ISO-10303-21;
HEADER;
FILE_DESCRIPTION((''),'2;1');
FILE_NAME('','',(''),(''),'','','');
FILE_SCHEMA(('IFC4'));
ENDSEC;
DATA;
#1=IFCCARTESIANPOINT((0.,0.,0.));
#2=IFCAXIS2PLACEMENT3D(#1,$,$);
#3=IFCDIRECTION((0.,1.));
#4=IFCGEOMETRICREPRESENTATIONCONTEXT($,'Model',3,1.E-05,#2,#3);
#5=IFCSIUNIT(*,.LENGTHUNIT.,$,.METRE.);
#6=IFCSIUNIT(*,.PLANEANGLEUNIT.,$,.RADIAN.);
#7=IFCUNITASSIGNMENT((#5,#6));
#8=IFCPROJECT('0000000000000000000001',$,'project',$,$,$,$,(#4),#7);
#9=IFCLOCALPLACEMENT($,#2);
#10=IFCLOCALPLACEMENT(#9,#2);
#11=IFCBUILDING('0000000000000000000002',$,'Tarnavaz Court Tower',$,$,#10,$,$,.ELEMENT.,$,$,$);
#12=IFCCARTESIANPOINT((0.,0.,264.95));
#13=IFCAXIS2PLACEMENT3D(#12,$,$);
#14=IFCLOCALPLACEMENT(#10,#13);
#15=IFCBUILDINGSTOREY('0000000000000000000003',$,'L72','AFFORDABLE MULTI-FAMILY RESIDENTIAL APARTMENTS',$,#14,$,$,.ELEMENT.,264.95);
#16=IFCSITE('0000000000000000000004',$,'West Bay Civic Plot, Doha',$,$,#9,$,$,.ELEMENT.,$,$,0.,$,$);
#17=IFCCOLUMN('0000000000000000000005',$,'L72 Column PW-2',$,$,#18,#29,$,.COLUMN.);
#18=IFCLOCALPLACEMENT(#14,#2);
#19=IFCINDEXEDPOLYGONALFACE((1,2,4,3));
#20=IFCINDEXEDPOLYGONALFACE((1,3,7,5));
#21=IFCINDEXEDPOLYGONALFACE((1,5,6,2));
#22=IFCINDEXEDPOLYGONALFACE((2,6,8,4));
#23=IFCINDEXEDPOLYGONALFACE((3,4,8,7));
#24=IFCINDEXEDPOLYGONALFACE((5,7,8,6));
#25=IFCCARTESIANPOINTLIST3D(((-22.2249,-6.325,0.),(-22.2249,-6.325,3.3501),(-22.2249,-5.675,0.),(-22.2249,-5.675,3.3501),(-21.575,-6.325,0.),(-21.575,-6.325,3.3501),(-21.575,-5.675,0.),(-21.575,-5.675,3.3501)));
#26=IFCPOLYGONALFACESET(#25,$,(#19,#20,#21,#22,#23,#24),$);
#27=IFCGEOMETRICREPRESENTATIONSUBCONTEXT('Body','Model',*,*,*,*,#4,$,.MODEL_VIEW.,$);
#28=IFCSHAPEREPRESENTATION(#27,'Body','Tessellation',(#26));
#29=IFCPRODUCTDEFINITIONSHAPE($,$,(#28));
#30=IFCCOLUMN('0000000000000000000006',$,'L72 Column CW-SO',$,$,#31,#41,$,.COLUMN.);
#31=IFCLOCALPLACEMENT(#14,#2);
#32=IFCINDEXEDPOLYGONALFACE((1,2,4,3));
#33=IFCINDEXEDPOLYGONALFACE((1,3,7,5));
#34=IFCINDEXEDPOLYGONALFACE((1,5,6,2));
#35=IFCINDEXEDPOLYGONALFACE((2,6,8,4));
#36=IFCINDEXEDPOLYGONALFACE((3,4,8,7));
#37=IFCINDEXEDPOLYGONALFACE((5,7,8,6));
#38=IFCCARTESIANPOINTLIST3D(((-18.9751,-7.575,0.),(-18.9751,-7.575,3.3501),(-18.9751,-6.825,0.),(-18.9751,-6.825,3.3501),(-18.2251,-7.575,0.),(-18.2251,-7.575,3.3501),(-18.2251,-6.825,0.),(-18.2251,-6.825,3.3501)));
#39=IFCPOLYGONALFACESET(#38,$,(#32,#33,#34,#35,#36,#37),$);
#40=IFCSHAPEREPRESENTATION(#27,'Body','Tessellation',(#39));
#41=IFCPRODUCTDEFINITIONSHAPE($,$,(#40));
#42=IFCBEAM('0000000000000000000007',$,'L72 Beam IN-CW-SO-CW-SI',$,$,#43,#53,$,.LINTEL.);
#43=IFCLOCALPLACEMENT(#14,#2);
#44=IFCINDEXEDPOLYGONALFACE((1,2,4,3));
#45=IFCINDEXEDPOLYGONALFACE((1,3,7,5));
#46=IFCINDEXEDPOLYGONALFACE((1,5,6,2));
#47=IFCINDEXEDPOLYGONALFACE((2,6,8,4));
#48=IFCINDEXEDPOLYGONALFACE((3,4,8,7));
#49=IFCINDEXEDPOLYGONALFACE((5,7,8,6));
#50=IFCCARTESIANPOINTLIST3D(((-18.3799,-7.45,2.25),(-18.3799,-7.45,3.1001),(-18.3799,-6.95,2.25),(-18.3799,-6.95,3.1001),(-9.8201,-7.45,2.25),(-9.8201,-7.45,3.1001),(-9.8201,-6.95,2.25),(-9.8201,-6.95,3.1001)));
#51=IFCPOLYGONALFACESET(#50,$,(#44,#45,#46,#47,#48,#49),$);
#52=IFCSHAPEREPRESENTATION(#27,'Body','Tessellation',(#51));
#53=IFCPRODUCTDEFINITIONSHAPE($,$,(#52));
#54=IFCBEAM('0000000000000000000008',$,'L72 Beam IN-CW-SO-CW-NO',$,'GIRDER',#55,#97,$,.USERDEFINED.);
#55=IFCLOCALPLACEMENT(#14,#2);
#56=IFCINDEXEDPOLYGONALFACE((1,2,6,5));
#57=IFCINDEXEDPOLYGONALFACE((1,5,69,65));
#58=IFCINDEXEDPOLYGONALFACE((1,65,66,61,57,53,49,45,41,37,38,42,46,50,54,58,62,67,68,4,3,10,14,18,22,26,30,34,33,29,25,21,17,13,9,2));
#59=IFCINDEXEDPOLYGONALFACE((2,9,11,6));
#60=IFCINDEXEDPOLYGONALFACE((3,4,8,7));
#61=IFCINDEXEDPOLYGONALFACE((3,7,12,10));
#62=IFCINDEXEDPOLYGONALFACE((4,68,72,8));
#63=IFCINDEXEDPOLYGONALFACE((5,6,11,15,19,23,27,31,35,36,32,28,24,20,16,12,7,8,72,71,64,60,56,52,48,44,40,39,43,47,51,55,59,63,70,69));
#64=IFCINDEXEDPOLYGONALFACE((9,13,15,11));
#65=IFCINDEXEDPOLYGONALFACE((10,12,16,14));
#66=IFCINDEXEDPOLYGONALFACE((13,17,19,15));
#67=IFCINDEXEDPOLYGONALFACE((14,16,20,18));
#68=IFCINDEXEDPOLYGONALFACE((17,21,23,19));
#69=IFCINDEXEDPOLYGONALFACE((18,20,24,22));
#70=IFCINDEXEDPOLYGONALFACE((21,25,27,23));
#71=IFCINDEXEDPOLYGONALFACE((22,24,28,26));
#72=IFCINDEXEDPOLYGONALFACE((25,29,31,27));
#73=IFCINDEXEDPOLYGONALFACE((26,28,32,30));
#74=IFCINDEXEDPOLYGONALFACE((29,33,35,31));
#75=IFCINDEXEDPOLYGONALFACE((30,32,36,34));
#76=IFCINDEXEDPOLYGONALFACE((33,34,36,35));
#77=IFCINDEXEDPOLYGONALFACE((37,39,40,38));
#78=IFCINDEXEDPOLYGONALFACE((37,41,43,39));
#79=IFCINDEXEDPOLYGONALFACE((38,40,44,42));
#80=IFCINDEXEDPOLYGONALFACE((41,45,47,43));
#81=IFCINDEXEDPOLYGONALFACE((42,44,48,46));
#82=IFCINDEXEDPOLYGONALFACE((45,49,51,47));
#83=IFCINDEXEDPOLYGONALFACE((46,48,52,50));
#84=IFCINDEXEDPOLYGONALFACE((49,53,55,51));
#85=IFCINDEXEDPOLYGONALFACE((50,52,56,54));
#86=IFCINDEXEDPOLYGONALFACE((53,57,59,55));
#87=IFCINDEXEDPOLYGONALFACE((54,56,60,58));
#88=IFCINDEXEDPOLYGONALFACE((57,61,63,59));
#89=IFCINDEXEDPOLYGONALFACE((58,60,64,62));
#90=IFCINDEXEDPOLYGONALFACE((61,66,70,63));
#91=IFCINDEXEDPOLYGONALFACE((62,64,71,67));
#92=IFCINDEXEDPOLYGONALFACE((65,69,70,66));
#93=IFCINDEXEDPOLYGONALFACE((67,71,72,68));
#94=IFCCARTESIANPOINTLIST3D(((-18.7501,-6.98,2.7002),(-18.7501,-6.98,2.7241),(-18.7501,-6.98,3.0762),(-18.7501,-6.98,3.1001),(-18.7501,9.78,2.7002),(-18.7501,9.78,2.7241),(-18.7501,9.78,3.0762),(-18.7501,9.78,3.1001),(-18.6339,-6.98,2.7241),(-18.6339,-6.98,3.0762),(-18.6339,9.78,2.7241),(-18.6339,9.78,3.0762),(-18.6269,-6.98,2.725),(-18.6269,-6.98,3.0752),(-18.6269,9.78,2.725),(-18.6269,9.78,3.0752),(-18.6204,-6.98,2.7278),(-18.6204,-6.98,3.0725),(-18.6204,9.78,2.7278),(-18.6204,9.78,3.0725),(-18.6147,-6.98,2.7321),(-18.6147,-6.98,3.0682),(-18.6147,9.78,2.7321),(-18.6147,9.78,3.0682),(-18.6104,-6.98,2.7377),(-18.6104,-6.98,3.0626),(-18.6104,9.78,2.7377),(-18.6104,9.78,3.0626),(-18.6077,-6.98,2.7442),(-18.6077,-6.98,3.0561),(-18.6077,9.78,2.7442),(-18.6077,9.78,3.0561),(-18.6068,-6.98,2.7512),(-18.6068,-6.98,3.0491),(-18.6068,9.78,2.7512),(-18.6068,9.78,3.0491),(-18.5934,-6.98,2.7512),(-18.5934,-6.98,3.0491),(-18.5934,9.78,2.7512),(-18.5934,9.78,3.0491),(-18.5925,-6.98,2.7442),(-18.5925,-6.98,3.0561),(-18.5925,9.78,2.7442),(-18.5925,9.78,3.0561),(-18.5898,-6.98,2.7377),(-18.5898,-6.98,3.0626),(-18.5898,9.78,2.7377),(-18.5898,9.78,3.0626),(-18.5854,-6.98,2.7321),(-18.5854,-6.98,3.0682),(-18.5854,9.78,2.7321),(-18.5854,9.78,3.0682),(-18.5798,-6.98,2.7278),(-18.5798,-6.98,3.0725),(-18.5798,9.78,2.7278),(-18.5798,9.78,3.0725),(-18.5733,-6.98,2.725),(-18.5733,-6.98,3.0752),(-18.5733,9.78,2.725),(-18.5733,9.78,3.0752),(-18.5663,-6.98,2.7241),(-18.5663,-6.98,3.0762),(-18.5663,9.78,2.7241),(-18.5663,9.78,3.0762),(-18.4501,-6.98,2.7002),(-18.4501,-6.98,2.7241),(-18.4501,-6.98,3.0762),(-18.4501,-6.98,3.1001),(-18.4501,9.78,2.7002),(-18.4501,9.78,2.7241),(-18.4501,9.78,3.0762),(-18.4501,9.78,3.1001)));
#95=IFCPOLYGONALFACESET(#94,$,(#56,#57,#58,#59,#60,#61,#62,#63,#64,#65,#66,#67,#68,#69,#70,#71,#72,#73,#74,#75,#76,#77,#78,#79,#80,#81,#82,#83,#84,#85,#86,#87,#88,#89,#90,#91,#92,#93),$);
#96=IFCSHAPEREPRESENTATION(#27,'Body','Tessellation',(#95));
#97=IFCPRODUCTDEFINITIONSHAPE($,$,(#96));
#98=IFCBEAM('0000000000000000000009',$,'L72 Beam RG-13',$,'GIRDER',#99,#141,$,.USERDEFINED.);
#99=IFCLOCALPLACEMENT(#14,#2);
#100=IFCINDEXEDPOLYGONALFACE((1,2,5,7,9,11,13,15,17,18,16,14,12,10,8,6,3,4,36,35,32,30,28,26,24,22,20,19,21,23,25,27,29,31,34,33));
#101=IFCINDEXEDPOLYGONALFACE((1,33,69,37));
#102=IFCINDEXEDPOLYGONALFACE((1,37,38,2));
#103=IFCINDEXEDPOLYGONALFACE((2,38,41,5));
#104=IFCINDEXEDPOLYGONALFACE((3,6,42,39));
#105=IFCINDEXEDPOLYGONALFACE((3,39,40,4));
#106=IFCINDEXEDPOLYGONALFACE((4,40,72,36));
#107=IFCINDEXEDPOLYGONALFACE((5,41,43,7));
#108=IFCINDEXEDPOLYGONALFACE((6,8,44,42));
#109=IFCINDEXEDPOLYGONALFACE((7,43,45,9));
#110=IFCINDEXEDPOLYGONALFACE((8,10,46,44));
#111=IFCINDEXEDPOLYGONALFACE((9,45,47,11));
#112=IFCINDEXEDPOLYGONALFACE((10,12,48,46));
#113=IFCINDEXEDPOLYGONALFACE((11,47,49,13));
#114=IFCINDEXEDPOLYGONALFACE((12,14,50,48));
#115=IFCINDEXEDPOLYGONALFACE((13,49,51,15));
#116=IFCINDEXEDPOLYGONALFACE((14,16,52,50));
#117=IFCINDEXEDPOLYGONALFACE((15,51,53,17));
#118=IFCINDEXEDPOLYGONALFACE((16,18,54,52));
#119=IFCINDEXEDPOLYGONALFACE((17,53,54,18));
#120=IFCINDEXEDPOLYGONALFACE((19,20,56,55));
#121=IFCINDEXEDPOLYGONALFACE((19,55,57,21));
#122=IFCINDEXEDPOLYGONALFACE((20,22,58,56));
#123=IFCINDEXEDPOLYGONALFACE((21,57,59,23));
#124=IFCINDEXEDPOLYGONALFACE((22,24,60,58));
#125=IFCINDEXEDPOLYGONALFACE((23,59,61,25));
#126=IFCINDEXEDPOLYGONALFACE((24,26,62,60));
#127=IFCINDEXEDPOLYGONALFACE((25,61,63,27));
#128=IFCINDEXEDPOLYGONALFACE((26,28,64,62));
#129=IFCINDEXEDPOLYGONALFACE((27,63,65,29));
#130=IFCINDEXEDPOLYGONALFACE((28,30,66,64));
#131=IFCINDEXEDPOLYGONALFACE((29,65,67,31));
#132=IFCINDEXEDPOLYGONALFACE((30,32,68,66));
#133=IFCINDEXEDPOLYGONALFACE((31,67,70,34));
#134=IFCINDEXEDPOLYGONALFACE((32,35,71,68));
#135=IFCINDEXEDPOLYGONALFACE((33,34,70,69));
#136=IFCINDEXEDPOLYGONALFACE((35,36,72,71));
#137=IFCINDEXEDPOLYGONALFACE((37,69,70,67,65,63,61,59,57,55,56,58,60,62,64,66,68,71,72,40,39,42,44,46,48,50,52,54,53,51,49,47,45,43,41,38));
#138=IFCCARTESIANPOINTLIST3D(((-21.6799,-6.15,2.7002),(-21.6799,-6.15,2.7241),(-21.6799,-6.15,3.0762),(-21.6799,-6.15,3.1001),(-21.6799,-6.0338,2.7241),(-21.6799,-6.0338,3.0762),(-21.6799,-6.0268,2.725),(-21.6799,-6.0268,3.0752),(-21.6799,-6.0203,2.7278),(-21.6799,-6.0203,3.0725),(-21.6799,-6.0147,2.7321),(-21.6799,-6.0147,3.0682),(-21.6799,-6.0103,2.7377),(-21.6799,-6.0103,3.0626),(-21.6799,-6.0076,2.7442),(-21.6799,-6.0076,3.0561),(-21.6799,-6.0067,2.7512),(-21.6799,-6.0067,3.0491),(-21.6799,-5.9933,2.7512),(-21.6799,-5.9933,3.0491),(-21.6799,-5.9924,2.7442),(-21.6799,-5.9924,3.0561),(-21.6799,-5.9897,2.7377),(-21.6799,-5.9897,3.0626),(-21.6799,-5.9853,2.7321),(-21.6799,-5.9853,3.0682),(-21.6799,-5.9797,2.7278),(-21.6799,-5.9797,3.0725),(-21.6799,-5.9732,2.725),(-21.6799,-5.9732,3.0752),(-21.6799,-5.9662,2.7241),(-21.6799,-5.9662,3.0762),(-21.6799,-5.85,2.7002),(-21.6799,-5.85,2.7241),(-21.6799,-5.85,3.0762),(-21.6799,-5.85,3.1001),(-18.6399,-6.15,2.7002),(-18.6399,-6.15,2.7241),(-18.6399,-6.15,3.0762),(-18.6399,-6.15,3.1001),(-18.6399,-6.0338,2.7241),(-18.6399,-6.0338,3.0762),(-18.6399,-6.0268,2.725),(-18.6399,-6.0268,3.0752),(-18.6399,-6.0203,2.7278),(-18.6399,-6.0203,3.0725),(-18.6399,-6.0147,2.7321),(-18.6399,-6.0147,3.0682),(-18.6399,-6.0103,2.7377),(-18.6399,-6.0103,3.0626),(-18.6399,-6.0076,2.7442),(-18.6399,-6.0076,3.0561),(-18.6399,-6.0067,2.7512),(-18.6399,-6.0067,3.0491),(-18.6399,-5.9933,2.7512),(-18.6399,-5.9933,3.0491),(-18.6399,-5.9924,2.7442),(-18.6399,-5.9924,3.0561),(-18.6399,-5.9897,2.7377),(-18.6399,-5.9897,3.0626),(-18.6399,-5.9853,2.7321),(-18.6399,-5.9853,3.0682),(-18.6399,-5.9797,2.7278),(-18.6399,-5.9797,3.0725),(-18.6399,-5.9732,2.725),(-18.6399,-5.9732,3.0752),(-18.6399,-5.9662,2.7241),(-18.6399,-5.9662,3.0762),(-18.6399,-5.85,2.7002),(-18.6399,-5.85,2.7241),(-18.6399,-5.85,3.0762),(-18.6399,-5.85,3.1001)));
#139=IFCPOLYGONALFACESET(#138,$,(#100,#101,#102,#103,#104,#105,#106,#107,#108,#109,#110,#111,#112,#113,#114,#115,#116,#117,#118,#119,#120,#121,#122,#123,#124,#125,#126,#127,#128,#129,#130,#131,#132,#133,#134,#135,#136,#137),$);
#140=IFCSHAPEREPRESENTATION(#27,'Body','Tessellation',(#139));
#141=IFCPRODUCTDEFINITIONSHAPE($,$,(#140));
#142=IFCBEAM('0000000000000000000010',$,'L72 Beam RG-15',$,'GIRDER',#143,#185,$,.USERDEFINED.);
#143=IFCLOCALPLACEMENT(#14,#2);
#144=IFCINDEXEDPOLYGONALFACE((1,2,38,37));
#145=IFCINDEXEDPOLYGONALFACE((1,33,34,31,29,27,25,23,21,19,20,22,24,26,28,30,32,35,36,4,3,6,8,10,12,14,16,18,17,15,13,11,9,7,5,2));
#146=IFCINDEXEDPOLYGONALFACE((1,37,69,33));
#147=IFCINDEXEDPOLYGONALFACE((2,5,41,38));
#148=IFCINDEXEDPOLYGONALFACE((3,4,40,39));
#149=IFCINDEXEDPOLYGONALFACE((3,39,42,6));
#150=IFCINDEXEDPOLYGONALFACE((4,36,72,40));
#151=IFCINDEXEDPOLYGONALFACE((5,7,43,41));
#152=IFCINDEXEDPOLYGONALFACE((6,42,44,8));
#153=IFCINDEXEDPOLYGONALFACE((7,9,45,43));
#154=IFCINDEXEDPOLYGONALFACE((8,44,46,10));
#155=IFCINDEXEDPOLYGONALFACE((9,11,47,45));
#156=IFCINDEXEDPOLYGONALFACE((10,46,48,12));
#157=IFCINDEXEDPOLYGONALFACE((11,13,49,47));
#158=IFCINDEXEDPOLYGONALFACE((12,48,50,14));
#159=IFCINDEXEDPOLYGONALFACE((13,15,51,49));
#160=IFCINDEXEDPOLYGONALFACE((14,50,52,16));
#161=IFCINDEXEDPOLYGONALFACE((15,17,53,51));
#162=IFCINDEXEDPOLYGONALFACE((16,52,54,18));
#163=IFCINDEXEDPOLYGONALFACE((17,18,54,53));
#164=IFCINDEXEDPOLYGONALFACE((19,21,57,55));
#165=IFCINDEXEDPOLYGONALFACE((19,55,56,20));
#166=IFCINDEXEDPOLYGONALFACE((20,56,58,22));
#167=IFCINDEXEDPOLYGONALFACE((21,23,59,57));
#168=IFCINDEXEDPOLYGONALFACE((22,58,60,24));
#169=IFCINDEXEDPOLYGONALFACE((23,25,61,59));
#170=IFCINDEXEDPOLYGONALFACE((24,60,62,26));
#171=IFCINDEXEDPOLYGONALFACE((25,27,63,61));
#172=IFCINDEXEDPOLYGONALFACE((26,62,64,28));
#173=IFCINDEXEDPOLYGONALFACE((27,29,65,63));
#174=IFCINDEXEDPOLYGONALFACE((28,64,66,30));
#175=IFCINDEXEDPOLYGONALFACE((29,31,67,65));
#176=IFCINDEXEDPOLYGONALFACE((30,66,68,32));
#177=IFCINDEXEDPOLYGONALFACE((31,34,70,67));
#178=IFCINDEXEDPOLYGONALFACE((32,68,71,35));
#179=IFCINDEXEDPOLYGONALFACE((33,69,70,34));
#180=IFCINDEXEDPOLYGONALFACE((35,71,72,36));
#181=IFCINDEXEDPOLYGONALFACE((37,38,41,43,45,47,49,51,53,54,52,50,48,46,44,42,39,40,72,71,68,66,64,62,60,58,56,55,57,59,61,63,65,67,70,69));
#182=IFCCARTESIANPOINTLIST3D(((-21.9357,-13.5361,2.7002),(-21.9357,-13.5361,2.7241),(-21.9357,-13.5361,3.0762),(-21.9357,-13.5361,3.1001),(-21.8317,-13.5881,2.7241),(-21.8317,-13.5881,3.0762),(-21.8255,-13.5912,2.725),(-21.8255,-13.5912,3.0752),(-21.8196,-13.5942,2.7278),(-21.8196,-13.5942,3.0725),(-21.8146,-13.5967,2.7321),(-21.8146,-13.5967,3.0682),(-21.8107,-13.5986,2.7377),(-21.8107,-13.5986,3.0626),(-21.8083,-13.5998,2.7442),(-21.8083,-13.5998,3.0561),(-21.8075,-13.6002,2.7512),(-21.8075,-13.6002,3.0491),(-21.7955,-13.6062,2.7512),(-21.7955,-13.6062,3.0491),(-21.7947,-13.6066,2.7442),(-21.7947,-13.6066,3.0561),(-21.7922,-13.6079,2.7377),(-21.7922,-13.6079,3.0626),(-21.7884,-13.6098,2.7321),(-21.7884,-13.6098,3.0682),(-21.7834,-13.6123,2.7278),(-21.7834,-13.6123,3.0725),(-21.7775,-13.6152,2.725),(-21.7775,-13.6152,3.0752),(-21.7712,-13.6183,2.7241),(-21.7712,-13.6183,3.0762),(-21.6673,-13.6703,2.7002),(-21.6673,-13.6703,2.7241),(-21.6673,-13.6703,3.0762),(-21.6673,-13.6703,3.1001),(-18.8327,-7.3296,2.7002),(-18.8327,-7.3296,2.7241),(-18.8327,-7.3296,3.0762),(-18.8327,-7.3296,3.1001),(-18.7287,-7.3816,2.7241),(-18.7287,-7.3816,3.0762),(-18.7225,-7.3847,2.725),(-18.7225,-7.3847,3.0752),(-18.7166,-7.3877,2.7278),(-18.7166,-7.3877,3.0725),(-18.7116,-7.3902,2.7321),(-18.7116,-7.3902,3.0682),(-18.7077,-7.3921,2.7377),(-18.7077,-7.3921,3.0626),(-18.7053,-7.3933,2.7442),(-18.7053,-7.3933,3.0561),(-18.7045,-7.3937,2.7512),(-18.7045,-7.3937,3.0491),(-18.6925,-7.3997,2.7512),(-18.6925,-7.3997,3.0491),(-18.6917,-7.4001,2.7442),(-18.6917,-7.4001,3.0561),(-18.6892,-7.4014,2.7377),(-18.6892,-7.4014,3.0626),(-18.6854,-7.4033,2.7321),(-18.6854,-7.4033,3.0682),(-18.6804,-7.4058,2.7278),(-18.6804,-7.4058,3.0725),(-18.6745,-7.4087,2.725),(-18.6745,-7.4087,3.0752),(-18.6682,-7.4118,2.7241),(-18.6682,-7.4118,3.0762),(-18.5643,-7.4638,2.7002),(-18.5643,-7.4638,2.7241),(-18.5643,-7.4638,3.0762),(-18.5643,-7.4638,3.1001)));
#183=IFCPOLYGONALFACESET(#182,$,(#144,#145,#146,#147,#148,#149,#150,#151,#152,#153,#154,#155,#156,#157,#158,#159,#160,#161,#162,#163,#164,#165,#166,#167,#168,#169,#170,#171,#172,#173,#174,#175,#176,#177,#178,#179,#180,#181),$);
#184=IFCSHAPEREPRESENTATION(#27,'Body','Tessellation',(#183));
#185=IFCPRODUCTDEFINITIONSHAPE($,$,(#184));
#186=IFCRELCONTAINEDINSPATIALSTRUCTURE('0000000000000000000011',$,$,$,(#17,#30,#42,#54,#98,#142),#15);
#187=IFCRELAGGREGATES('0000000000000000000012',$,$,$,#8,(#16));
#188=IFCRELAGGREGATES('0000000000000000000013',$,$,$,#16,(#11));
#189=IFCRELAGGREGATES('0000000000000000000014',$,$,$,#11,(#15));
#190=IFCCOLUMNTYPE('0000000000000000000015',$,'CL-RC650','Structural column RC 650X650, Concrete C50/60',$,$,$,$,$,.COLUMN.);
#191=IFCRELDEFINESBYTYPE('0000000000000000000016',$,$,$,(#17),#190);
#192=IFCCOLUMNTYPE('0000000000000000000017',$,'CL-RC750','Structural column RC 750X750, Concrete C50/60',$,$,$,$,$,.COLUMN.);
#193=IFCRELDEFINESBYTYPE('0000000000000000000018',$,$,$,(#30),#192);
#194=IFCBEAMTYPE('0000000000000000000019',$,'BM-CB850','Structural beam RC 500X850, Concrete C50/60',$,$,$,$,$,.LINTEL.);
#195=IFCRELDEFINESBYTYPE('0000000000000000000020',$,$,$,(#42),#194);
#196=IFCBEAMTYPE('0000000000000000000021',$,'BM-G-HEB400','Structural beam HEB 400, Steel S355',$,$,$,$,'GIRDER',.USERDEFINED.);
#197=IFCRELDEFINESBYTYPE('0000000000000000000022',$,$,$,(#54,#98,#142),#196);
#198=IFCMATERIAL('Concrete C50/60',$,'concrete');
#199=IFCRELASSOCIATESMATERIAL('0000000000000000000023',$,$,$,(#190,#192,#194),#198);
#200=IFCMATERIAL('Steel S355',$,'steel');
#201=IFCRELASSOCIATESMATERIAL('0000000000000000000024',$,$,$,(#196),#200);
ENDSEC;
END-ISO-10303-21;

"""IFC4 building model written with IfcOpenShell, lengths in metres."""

from ifc_helpers import new_model, si_unit, direction, frame, origin, origin_2d, place, context, subcontext, project, spatial, rectangle, i_section, extrude, material, material_profile, profile_set, type_object, element, save


model = new_model("IFC4")

# Units and contexts
model_context = context("Model", 3, precision=1e-05, world=origin(), true_north=direction((0.0, 1.0)))
body_context = subcontext(model_context, "Body", "Model", "MODEL_VIEW")
ifc_project = project(units=[si_unit("LENGTHUNIT", "METRE"), si_unit("PLANEANGLEUNIT", "RADIAN")], contexts=[model_context])

# Site, building, storey
site_placement = place(None, origin())
site = spatial("IfcSite", under=ifc_project, at=site_placement, Name="West Bay Civic Plot, Doha", CompositionType="ELEMENT", RefElevation=0.0)
building_placement = place(site_placement, origin())
building = spatial("IfcBuilding", under=site, at=building_placement, Name="Tarnavaz Court Tower", CompositionType="ELEMENT")
storey_placement = place(building_placement, frame((0.0, 0.0, 264.95)))
storey = spatial("IfcBuildingStorey", under=building, at=storey_placement, Name="L72", Description="AFFORDABLE MULTI-FAMILY RESIDENTIAL APARTMENTS", CompositionType="ELEMENT", Elevation=264.95)

# Columns
ifc_material_1 = material(Name="Concrete C50/60", Category="concrete")
ifc_material_profile_1 = material_profile(ifc_material_1, rectangle(XDim=0.6499, YDim=0.6499, at=origin_2d()), Name="RC 650X650")
ifc_profile_set_1 = profile_set([ifc_material_profile_1], Name="Concrete C50/60")
column_type_1 = type_object("IfcColumnType", Name="CL-RC650", Description="Structural column RC 650X650, Concrete C50/60", PredefinedType="COLUMN", material=ifc_profile_set_1)
column_1_placement = place(storey_placement, frame((-21.8999, -6.0, 0.0), z_axis=(0.0, 0.0, 1.0), x_axis=(1.0, 0.0, 0.0)))
element("IfcColumn", 1, at=column_1_placement, inside=storey, type_object=column_type_1, Name="L72 Column PW-2", PredefinedType="COLUMN", context=body_context, shape_type="SweptSolid", body=[
    extrude(rectangle(XDim=0.6499, YDim=0.6499, at=origin_2d()), origin(), (0.0, 0.0, 1.0), 3.3501),
])
ifc_material_profile_2 = material_profile(ifc_material_1, rectangle(XDim=0.75, YDim=0.75, at=origin_2d()), Name="RC 750X750")
ifc_profile_set_2 = profile_set([ifc_material_profile_2], Name="Concrete C50/60")
column_type_2 = type_object("IfcColumnType", Name="CL-RC750", Description="Structural column RC 750X750, Concrete C50/60", PredefinedType="COLUMN", material=ifc_profile_set_2)
column_2_placement = place(storey_placement, frame((-18.6001, -7.2, 0.0), z_axis=(0.0, 0.0, 1.0), x_axis=(1.0, 0.0, 0.0)))
element("IfcColumn", 2, at=column_2_placement, inside=storey, type_object=column_type_2, Name="L72 Column CW-SO", PredefinedType="COLUMN", context=body_context, shape_type="SweptSolid", body=[
    extrude(rectangle(XDim=0.75, YDim=0.75, at=origin_2d()), origin(), (0.0, 0.0, 1.0), 3.3501),
])

# Beams
ifc_material_profile_3 = material_profile(ifc_material_1, rectangle(XDim=0.5, YDim=0.8501, at=origin_2d()), Name="RC 500X850")
ifc_profile_set_3 = profile_set([ifc_material_profile_3], Name="Concrete C50/60")
beam_type_1 = type_object("IfcBeamType", Name="BM-CB850", Description="Structural beam RC 500X850, Concrete C50/60", PredefinedType="LINTEL", material=ifc_profile_set_3)
beam_1_placement = place(storey_placement, frame((-18.3799, -7.2, 2.675), z_axis=(1.0, 0.0, 0.0), x_axis=(0.0, 1.0, 0.0)))
element("IfcBeam", 3, at=beam_1_placement, inside=storey, type_object=beam_type_1, Name="L72 Beam IN-CW-SO-CW-SI", PredefinedType="LINTEL", context=body_context, shape_type="SweptSolid", body=[
    extrude(rectangle(XDim=0.5, YDim=0.8501, at=origin_2d()), origin(), (0.0, 0.0, 1.0), 8.5598),
])
ifc_material_2 = material(Name="Steel S355", Category="steel")
ifc_material_profile_4 = material_profile(ifc_material_2, i_section(OverallWidth=0.3, OverallDepth=0.3999, WebThickness=0.0134, FlangeThickness=0.0239, FilletRadius=0.0271, at=origin_2d()), Name="HEB 400")
ifc_profile_set_4 = profile_set([ifc_material_profile_4], Name="Steel S355")
beam_type_2 = type_object("IfcBeamType", Name="BM-G-HEB400", Description="Structural beam HEB 400, Steel S355", ElementType="GIRDER", PredefinedType="USERDEFINED", material=ifc_profile_set_4)
beam_2_placement = place(storey_placement, frame((-18.6001, -6.98, 2.9001), z_axis=(0.0, 1.0, 0.0), x_axis=(-1.0, 0.0, 0.0)))
element("IfcBeam", 4, at=beam_2_placement, inside=storey, type_object=beam_type_2, Name="L72 Beam IN-CW-SO-CW-NO", ObjectType="GIRDER", PredefinedType="USERDEFINED", context=body_context, shape_type="SweptSolid", body=[
    extrude(i_section(OverallWidth=0.3, OverallDepth=0.3999, WebThickness=0.0134, FlangeThickness=0.0239, FilletRadius=0.0271, at=origin_2d()), origin(), (0.0, 0.0, 1.0), 16.76),
])
beam_3_placement = place(storey_placement, frame((-18.6399, -6.0, 2.9001), z_axis=(-1.0, 0.0, 0.0), x_axis=(0.0, -1.0, 0.0)))
element("IfcBeam", 5, at=beam_3_placement, inside=storey, type_object=beam_type_2, Name="L72 Beam RG-13", ObjectType="GIRDER", PredefinedType="USERDEFINED", context=body_context, shape_type="SweptSolid", body=[
    extrude(i_section(OverallWidth=0.3, OverallDepth=0.3999, WebThickness=0.0134, FlangeThickness=0.0239, FilletRadius=0.0271, at=origin_2d()), origin(), (0.0, 0.0, 1.0), 3.04),
])
beam_4_placement = place(storey_placement, frame((-18.6985, -7.3967, 2.9001), z_axis=(-0.447185, -0.894441, 0.0), x_axis=(0.894441, -0.447185, 0.0)))
element("IfcBeam", 6, at=beam_4_placement, inside=storey, type_object=beam_type_2, Name="L72 Beam RG-15", ObjectType="GIRDER", PredefinedType="USERDEFINED", context=body_context, shape_type="SweptSolid", body=[
    extrude(i_section(OverallWidth=0.3, OverallDepth=0.3999, WebThickness=0.0134, FlangeThickness=0.0239, FilletRadius=0.0271, at=origin_2d()), origin(), (0.0, 0.0, 1.0), 6.939),
])

save(model, "model.ifc")
